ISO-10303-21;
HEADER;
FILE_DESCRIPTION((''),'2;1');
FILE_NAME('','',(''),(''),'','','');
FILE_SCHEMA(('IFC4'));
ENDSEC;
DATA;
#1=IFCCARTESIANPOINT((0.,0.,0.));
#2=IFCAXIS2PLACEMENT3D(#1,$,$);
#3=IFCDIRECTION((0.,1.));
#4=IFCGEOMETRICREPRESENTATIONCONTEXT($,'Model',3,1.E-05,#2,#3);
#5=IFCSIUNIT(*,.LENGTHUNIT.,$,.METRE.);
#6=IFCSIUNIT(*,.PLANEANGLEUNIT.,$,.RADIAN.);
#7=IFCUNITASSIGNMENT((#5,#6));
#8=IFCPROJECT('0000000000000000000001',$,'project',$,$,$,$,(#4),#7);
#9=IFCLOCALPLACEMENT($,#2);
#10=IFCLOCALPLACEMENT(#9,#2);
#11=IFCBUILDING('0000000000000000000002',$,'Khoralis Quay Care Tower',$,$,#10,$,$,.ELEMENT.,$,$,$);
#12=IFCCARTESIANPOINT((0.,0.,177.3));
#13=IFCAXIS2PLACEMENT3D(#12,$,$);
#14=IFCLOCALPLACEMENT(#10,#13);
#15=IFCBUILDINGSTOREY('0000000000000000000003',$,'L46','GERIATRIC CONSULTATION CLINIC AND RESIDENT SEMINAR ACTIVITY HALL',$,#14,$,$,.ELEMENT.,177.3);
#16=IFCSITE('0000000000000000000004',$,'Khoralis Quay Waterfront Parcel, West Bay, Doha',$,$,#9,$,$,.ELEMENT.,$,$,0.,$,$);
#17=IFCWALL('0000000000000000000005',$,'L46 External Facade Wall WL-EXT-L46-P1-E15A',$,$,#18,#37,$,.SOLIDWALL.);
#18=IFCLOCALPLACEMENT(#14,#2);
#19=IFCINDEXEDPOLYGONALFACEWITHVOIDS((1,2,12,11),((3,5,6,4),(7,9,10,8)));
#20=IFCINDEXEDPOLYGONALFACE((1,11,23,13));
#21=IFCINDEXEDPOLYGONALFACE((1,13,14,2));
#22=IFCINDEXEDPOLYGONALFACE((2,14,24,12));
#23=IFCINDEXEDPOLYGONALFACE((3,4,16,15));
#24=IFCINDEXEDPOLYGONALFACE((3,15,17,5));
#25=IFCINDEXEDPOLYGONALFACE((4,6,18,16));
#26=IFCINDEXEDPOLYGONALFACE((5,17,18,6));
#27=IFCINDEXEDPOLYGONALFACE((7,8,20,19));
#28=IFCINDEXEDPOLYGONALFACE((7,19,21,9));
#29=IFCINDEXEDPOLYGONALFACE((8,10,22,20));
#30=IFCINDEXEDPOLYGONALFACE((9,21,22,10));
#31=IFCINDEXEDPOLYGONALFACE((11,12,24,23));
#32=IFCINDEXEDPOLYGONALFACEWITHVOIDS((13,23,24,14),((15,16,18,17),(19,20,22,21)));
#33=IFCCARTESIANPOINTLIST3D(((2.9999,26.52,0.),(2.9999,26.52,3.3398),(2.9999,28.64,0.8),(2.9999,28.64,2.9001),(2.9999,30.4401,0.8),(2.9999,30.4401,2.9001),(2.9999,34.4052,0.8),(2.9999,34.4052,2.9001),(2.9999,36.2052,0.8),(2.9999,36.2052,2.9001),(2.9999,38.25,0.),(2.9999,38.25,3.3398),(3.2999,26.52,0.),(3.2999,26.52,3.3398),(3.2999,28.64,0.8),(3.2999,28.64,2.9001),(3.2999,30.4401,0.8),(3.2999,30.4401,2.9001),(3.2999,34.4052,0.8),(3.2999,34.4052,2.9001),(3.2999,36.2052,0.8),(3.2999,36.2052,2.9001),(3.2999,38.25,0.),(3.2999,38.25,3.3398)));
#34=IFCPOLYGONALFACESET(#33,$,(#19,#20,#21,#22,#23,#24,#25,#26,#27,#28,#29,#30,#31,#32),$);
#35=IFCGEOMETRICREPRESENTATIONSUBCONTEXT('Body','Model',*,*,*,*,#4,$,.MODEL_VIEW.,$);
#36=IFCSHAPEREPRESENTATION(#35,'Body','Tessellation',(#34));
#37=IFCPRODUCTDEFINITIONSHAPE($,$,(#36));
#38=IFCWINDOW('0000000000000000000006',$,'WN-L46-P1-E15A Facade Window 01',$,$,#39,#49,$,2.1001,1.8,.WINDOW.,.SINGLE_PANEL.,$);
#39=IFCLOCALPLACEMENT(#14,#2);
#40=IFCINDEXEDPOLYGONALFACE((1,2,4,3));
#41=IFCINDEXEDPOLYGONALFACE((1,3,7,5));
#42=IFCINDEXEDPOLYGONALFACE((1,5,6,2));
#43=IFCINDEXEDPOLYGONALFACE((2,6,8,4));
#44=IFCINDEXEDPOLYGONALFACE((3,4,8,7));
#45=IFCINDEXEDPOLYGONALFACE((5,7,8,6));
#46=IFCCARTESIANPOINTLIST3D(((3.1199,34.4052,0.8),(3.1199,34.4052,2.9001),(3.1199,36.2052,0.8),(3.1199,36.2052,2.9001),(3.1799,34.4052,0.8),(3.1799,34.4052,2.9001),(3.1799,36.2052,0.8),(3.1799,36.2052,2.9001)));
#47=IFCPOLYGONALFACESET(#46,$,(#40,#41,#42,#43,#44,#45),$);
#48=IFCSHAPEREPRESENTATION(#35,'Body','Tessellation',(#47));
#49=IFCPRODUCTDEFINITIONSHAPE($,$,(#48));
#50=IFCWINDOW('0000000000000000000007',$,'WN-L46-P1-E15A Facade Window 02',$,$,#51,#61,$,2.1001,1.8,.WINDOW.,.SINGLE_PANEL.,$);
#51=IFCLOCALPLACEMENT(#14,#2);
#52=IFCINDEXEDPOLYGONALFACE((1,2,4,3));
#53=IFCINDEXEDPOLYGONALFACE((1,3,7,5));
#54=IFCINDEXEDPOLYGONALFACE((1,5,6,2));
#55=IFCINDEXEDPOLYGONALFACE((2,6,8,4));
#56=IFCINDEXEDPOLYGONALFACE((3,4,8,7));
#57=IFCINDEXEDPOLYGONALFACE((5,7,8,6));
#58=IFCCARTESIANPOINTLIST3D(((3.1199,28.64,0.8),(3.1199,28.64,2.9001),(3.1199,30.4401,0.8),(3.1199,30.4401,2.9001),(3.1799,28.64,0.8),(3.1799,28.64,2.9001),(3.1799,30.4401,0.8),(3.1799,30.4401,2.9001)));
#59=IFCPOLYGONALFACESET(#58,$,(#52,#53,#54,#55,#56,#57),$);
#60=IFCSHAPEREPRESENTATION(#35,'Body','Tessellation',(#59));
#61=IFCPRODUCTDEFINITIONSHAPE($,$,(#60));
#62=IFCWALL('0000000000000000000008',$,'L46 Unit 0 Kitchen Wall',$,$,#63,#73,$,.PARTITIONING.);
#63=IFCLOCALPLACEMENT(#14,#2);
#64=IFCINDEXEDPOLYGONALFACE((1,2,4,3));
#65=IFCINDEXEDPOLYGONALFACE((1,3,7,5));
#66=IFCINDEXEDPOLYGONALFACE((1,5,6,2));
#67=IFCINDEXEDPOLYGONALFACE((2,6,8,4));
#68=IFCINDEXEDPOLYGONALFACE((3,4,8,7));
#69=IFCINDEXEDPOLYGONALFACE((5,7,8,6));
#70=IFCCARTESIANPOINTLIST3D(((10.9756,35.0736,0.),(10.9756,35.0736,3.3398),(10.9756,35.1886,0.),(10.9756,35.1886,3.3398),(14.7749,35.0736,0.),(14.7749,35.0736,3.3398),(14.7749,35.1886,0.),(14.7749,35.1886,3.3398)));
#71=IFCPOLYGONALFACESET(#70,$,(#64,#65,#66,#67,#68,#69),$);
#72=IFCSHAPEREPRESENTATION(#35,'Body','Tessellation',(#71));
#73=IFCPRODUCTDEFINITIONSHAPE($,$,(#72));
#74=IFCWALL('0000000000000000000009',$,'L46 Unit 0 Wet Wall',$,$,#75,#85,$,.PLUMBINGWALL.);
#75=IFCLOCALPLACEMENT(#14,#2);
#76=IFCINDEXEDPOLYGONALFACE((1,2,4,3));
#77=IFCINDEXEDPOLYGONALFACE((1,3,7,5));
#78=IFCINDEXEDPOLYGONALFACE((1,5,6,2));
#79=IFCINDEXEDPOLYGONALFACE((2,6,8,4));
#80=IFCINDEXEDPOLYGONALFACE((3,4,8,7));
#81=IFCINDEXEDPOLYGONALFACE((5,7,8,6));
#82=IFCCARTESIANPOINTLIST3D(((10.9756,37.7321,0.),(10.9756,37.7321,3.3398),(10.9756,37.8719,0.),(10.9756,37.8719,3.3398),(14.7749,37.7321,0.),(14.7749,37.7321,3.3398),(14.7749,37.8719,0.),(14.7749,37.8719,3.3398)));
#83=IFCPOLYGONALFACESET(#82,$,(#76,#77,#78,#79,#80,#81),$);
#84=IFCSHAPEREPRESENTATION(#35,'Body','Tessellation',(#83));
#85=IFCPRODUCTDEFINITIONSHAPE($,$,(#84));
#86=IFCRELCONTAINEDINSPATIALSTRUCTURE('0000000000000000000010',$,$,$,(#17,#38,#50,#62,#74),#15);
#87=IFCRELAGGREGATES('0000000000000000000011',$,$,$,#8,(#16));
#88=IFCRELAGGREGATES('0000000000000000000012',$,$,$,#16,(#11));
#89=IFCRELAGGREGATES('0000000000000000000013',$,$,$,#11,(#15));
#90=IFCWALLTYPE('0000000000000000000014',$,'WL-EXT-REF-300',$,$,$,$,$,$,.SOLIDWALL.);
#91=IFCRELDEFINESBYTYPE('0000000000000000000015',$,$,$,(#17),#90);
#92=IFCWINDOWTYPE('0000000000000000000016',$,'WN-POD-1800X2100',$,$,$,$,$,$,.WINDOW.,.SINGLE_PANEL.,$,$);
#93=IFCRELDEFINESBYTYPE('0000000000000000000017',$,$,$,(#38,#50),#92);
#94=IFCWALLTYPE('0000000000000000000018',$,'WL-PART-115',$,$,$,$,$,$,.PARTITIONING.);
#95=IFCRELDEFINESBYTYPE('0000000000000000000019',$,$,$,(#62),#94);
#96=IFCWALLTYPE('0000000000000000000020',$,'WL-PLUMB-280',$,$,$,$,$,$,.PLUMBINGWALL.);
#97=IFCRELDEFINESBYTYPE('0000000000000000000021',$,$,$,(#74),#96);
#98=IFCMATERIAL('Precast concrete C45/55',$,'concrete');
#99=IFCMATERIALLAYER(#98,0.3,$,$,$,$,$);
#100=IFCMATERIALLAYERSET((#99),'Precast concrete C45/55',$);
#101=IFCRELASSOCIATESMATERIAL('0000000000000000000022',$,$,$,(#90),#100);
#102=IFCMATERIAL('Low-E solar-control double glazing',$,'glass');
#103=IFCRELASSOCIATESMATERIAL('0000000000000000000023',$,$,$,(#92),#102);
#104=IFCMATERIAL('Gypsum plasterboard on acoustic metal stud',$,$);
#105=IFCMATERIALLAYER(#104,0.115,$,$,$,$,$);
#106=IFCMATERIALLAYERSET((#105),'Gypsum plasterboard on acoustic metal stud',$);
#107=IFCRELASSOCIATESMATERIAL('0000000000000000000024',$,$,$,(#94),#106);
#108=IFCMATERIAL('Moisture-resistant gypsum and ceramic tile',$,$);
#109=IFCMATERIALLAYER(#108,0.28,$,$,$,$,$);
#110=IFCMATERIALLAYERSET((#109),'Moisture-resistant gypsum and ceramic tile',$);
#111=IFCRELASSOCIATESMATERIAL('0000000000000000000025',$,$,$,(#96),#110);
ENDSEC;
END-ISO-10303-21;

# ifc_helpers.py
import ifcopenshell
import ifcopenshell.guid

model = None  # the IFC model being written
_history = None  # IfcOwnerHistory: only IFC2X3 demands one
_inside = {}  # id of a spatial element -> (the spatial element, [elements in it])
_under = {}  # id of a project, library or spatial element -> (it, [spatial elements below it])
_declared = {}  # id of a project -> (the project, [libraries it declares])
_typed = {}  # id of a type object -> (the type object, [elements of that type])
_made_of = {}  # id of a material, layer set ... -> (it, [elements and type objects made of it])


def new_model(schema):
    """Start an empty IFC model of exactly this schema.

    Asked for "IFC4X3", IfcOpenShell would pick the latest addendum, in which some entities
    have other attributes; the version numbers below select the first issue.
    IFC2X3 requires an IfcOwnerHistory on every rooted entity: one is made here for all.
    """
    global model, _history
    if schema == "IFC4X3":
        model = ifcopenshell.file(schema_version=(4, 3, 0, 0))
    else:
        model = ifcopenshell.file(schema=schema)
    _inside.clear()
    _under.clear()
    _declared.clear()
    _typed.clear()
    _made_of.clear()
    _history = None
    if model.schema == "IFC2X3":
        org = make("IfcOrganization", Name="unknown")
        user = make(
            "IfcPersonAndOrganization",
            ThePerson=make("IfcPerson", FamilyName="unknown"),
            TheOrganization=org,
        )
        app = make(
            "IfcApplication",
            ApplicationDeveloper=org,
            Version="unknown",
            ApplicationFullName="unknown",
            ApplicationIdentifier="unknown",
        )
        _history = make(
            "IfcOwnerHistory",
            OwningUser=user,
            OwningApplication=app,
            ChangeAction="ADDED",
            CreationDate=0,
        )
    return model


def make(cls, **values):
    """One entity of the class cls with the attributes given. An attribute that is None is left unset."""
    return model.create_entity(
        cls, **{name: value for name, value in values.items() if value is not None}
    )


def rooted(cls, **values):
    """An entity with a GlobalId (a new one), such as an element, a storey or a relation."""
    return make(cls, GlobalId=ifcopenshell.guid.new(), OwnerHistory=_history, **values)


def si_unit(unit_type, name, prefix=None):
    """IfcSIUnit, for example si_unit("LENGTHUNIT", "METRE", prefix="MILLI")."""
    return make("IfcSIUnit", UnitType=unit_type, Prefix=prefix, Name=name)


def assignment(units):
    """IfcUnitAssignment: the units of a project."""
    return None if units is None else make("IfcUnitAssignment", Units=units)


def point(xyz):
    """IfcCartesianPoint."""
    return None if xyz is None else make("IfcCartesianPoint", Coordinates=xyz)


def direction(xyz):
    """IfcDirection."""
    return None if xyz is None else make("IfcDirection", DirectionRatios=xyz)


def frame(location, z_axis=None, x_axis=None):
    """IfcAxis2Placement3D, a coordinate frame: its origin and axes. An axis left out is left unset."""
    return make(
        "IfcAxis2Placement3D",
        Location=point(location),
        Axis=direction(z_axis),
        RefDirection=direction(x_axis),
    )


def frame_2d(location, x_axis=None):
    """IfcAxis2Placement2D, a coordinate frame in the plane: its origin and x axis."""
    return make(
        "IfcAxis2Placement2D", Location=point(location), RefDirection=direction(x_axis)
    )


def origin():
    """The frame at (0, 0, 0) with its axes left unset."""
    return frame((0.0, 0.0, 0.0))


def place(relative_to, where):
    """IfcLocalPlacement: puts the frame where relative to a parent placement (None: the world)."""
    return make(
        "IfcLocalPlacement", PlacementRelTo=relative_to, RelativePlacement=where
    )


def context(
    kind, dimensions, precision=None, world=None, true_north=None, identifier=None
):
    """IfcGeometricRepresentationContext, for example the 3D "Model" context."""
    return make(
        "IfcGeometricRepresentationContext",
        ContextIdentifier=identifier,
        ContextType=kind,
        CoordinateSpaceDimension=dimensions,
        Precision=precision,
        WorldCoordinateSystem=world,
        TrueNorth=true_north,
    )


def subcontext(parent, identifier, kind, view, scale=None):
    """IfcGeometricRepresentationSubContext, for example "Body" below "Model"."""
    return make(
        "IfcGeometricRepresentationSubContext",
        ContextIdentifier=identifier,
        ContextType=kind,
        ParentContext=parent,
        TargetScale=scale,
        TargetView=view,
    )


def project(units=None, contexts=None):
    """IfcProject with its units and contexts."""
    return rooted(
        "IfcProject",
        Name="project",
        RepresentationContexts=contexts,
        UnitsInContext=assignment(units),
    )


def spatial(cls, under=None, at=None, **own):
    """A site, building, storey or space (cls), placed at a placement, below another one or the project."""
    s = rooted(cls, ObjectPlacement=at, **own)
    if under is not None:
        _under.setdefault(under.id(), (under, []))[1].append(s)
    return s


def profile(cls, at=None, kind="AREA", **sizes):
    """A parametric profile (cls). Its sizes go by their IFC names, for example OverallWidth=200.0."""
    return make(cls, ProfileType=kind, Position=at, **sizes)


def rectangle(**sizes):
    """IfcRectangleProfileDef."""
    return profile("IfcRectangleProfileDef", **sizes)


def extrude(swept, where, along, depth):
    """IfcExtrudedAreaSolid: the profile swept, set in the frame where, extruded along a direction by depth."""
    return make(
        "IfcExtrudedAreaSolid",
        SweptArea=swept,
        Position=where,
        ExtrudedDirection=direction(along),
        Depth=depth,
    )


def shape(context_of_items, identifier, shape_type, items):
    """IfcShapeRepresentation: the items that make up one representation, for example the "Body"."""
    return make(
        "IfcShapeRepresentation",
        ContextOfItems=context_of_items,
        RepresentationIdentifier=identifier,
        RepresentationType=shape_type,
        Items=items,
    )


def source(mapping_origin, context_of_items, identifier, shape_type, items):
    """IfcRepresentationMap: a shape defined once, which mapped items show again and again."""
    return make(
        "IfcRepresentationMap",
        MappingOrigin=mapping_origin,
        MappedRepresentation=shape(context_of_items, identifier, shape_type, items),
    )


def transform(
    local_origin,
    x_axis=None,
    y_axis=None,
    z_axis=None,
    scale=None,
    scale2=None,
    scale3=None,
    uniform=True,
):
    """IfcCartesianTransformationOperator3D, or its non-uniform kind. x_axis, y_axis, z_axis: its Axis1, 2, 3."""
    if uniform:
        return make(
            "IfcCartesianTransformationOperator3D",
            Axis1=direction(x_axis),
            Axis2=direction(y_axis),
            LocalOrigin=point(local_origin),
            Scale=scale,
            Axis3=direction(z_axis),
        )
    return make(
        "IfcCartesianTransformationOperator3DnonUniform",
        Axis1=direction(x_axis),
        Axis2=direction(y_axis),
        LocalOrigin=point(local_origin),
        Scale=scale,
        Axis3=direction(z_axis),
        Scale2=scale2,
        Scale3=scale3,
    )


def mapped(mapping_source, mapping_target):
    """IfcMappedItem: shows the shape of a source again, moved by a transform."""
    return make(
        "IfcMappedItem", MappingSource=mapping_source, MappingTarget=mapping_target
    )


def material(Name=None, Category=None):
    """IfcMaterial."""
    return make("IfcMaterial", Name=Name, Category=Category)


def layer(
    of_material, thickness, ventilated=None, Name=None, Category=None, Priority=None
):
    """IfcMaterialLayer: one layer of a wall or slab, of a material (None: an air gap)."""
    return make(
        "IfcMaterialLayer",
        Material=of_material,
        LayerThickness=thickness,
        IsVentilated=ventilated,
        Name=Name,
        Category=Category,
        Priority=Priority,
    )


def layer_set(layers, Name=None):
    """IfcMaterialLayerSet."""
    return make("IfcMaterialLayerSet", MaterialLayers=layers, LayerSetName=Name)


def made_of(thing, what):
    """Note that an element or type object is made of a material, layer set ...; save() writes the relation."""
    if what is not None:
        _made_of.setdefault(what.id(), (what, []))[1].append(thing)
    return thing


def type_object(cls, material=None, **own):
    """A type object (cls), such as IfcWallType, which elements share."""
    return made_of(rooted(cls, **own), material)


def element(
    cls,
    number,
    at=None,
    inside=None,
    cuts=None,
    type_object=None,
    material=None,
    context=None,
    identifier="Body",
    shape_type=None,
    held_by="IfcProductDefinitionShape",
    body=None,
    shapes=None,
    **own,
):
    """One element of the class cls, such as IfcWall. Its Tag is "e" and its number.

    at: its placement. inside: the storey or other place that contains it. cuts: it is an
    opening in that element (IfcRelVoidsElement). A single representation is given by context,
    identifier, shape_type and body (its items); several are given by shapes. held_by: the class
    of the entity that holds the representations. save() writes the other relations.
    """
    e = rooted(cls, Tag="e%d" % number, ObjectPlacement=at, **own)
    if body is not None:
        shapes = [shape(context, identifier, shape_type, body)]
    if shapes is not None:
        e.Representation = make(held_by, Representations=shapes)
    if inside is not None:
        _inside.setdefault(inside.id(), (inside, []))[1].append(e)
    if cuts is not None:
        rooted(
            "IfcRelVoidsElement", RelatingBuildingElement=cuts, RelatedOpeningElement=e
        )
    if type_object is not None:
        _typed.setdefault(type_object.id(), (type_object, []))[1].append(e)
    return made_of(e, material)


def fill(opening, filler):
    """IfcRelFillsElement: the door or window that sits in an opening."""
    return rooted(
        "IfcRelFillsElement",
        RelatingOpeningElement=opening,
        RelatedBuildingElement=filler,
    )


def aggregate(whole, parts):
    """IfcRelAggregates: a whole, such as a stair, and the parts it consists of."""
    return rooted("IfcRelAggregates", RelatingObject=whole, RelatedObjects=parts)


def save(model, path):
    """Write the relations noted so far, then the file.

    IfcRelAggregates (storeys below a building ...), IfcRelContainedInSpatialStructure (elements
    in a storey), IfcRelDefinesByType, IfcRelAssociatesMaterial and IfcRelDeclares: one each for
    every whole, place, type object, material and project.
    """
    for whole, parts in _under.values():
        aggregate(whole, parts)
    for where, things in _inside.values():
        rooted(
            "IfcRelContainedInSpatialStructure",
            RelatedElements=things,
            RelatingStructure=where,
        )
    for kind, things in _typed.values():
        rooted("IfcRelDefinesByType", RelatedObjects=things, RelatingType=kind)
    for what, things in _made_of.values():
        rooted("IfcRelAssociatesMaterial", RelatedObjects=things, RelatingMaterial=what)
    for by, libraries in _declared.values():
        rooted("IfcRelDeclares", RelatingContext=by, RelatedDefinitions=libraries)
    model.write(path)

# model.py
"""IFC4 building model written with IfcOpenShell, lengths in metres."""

from ifc_helpers import new_model, si_unit, direction, frame, frame_2d, origin, place, context, subcontext, project, spatial, rectangle, extrude, source, transform, mapped, material, layer, layer_set, type_object, element, fill, save


model = new_model("IFC4")

# Units and contexts
model_context = context("Model", 3, precision=1e-05, world=origin(), true_north=direction((0.0, 1.0)))
body_context = subcontext(model_context, "Body", "Model", "MODEL_VIEW")
ifc_project = project(units=[si_unit("LENGTHUNIT", "METRE"), si_unit("PLANEANGLEUNIT", "RADIAN")], contexts=[model_context])

# Site, building, storey
site_placement = place(None, origin())
site = spatial("IfcSite", under=ifc_project, at=site_placement, Name="Khoralis Quay Waterfront Parcel, West Bay, Doha", CompositionType="ELEMENT", RefElevation=0.0)
building_placement = place(site_placement, origin())
building = spatial("IfcBuilding", under=site, at=building_placement, Name="Khoralis Quay Care Tower", CompositionType="ELEMENT")
storey_placement = place(building_placement, frame((0.0, 0.0, 177.3)))
storey = spatial("IfcBuildingStorey", under=building, at=storey_placement, Name="L46", Description="GERIATRIC CONSULTATION CLINIC AND RESIDENT SEMINAR ACTIVITY HALL", CompositionType="ELEMENT", Elevation=177.3)

# Shared definitions
ifc_material_1 = material(Name="Precast concrete C45/55", Category="concrete")
ifc_layer_1 = layer(ifc_material_1, 0.3)
ifc_layer_set_1 = layer_set([ifc_layer_1], Name="Precast concrete C45/55")
wall_type_1 = type_object("IfcWallType", Name="WL-EXT-REF-300", PredefinedType="SOLIDWALL", material=ifc_layer_set_1)

# Wall, openings, windows
wall_1_placement = place(storey_placement, frame((3.1499, 38.25, 0.0), z_axis=(0.0, 0.0, 1.0), x_axis=(0.0, -1.0, 0.0)))
wall_1 = element("IfcWall", 1, at=wall_1_placement, inside=storey, type_object=wall_type_1, Name="L46 External Facade Wall WL-EXT-L46-P1-E15A", PredefinedType="SOLIDWALL", context=body_context, shape_type="SweptSolid", body=[
    extrude(rectangle(XDim=11.73, YDim=0.3, at=frame_2d((5.865, 0.0))), origin(), (0.0, 0.0, 1.0), 3.3398),
])
opening_1_placement = place(wall_1_placement, frame((2.0449, 0.0, 0.8)))
opening_1 = element("IfcOpeningElement", 2, at=opening_1_placement, cuts=wall_1, PredefinedType="OPENING", context=body_context, shape_type="SweptSolid", body=[
    extrude(rectangle(XDim=1.8, YDim=2.1001, at=frame_2d((0.8999, 1.05))), frame((0.0, 0.1602, 0.0), z_axis=(0.0, -1.0, 0.0), x_axis=(1.0, 0.0, 0.0)), (0.0, 0.0, 1.0), 0.3201),
])
opening_2_placement = place(wall_1_placement, frame((7.8101, 0.0, 0.8)))
opening_2 = element("IfcOpeningElement", 3, at=opening_2_placement, cuts=wall_1, PredefinedType="OPENING", context=body_context, shape_type="SweptSolid", body=[
    extrude(rectangle(XDim=1.8, YDim=2.1001, at=frame_2d((0.8999, 1.05))), frame((0.0, 0.1602, 0.0), z_axis=(0.0, -1.0, 0.0), x_axis=(1.0, 0.0, 0.0)), (0.0, 0.0, 1.0), 0.3201),
])
ifc_material_2 = material(Name="Low-E solar-control double glazing", Category="glass")
window_type = type_object("IfcWindowType", Name="WN-POD-1800X2100", PartitioningType="SINGLE_PANEL", PredefinedType="WINDOW", material=ifc_material_2)
shared_shape_1 = source(origin(), body_context, "Body", "SweptSolid", [
    extrude(rectangle(XDim=1.8, YDim=2.1001, at=frame_2d((0.8999, 1.05))), frame((0.0, 0.03, 0.0), z_axis=(0.0, -1.0, 0.0), x_axis=(1.0, 0.0, 0.0)), (0.0, 0.0, 1.0), 0.0601),
])
window_1_placement = place(opening_1_placement, origin())
window_1 = element("IfcWindow", 4, at=window_1_placement, inside=storey, type_object=window_type, Name="WN-L46-P1-E15A Facade Window 01", OverallHeight=2.1001, OverallWidth=1.8, PartitioningType="SINGLE_PANEL", PredefinedType="WINDOW", context=body_context, shape_type="MappedRepresentation", body=[
    mapped(shared_shape_1, transform((0.0, 0.0, 0.0), scale=1.0)),
])
fill(opening_1, window_1)
window_2_placement = place(opening_2_placement, origin())
window_2 = element("IfcWindow", 5, at=window_2_placement, inside=storey, type_object=window_type, Name="WN-L46-P1-E15A Facade Window 02", OverallHeight=2.1001, OverallWidth=1.8, PartitioningType="SINGLE_PANEL", PredefinedType="WINDOW", context=body_context, shape_type="MappedRepresentation", body=[
    mapped(shared_shape_1, transform((0.0, 0.0, 0.0), scale=1.0)),
])
fill(opening_2, window_2)

# Walls
ifc_material_3 = material(Name="Gypsum plasterboard on acoustic metal stud")
ifc_layer_2 = layer(ifc_material_3, 0.115)
ifc_layer_set_2 = layer_set([ifc_layer_2], Name="Gypsum plasterboard on acoustic metal stud")
wall_type_2 = type_object("IfcWallType", Name="WL-PART-115", PredefinedType="PARTITIONING", material=ifc_layer_set_2)
wall_2_placement = place(storey_placement, frame((10.9756, 35.1311, 0.0), z_axis=(0.0, 0.0, 1.0), x_axis=(1.0, 0.0, 0.0)))
element("IfcWall", 6, at=wall_2_placement, inside=storey, type_object=wall_type_2, Name="L46 Unit 0 Kitchen Wall", PredefinedType="PARTITIONING", context=body_context, shape_type="SweptSolid", body=[
    extrude(rectangle(XDim=3.7993, YDim=0.115, at=frame_2d((1.8997, 0.0))), origin(), (0.0, 0.0, 1.0), 3.3398),
])
ifc_material_4 = material(Name="Moisture-resistant gypsum and ceramic tile")
ifc_layer_3 = layer(ifc_material_4, 0.28)
ifc_layer_set_3 = layer_set([ifc_layer_3], Name="Moisture-resistant gypsum and ceramic tile")
wall_type_3 = type_object("IfcWallType", Name="WL-PLUMB-280", PredefinedType="PLUMBINGWALL", material=ifc_layer_set_3)
wall_3_placement = place(storey_placement, frame((10.9756, 37.802, 0.0), z_axis=(0.0, 0.0, 1.0), x_axis=(1.0, 0.0, 0.0)))
element("IfcWall", 7, at=wall_3_placement, inside=storey, type_object=wall_type_3, Name="L46 Unit 0 Wet Wall", PredefinedType="PLUMBINGWALL", context=body_context, shape_type="SweptSolid", body=[
    extrude(rectangle(XDim=3.7993, YDim=0.1399, at=frame_2d((1.8997, 0.0))), origin(), (0.0, 0.0, 1.0), 3.3398),
])

save(model, "model.ifc")
